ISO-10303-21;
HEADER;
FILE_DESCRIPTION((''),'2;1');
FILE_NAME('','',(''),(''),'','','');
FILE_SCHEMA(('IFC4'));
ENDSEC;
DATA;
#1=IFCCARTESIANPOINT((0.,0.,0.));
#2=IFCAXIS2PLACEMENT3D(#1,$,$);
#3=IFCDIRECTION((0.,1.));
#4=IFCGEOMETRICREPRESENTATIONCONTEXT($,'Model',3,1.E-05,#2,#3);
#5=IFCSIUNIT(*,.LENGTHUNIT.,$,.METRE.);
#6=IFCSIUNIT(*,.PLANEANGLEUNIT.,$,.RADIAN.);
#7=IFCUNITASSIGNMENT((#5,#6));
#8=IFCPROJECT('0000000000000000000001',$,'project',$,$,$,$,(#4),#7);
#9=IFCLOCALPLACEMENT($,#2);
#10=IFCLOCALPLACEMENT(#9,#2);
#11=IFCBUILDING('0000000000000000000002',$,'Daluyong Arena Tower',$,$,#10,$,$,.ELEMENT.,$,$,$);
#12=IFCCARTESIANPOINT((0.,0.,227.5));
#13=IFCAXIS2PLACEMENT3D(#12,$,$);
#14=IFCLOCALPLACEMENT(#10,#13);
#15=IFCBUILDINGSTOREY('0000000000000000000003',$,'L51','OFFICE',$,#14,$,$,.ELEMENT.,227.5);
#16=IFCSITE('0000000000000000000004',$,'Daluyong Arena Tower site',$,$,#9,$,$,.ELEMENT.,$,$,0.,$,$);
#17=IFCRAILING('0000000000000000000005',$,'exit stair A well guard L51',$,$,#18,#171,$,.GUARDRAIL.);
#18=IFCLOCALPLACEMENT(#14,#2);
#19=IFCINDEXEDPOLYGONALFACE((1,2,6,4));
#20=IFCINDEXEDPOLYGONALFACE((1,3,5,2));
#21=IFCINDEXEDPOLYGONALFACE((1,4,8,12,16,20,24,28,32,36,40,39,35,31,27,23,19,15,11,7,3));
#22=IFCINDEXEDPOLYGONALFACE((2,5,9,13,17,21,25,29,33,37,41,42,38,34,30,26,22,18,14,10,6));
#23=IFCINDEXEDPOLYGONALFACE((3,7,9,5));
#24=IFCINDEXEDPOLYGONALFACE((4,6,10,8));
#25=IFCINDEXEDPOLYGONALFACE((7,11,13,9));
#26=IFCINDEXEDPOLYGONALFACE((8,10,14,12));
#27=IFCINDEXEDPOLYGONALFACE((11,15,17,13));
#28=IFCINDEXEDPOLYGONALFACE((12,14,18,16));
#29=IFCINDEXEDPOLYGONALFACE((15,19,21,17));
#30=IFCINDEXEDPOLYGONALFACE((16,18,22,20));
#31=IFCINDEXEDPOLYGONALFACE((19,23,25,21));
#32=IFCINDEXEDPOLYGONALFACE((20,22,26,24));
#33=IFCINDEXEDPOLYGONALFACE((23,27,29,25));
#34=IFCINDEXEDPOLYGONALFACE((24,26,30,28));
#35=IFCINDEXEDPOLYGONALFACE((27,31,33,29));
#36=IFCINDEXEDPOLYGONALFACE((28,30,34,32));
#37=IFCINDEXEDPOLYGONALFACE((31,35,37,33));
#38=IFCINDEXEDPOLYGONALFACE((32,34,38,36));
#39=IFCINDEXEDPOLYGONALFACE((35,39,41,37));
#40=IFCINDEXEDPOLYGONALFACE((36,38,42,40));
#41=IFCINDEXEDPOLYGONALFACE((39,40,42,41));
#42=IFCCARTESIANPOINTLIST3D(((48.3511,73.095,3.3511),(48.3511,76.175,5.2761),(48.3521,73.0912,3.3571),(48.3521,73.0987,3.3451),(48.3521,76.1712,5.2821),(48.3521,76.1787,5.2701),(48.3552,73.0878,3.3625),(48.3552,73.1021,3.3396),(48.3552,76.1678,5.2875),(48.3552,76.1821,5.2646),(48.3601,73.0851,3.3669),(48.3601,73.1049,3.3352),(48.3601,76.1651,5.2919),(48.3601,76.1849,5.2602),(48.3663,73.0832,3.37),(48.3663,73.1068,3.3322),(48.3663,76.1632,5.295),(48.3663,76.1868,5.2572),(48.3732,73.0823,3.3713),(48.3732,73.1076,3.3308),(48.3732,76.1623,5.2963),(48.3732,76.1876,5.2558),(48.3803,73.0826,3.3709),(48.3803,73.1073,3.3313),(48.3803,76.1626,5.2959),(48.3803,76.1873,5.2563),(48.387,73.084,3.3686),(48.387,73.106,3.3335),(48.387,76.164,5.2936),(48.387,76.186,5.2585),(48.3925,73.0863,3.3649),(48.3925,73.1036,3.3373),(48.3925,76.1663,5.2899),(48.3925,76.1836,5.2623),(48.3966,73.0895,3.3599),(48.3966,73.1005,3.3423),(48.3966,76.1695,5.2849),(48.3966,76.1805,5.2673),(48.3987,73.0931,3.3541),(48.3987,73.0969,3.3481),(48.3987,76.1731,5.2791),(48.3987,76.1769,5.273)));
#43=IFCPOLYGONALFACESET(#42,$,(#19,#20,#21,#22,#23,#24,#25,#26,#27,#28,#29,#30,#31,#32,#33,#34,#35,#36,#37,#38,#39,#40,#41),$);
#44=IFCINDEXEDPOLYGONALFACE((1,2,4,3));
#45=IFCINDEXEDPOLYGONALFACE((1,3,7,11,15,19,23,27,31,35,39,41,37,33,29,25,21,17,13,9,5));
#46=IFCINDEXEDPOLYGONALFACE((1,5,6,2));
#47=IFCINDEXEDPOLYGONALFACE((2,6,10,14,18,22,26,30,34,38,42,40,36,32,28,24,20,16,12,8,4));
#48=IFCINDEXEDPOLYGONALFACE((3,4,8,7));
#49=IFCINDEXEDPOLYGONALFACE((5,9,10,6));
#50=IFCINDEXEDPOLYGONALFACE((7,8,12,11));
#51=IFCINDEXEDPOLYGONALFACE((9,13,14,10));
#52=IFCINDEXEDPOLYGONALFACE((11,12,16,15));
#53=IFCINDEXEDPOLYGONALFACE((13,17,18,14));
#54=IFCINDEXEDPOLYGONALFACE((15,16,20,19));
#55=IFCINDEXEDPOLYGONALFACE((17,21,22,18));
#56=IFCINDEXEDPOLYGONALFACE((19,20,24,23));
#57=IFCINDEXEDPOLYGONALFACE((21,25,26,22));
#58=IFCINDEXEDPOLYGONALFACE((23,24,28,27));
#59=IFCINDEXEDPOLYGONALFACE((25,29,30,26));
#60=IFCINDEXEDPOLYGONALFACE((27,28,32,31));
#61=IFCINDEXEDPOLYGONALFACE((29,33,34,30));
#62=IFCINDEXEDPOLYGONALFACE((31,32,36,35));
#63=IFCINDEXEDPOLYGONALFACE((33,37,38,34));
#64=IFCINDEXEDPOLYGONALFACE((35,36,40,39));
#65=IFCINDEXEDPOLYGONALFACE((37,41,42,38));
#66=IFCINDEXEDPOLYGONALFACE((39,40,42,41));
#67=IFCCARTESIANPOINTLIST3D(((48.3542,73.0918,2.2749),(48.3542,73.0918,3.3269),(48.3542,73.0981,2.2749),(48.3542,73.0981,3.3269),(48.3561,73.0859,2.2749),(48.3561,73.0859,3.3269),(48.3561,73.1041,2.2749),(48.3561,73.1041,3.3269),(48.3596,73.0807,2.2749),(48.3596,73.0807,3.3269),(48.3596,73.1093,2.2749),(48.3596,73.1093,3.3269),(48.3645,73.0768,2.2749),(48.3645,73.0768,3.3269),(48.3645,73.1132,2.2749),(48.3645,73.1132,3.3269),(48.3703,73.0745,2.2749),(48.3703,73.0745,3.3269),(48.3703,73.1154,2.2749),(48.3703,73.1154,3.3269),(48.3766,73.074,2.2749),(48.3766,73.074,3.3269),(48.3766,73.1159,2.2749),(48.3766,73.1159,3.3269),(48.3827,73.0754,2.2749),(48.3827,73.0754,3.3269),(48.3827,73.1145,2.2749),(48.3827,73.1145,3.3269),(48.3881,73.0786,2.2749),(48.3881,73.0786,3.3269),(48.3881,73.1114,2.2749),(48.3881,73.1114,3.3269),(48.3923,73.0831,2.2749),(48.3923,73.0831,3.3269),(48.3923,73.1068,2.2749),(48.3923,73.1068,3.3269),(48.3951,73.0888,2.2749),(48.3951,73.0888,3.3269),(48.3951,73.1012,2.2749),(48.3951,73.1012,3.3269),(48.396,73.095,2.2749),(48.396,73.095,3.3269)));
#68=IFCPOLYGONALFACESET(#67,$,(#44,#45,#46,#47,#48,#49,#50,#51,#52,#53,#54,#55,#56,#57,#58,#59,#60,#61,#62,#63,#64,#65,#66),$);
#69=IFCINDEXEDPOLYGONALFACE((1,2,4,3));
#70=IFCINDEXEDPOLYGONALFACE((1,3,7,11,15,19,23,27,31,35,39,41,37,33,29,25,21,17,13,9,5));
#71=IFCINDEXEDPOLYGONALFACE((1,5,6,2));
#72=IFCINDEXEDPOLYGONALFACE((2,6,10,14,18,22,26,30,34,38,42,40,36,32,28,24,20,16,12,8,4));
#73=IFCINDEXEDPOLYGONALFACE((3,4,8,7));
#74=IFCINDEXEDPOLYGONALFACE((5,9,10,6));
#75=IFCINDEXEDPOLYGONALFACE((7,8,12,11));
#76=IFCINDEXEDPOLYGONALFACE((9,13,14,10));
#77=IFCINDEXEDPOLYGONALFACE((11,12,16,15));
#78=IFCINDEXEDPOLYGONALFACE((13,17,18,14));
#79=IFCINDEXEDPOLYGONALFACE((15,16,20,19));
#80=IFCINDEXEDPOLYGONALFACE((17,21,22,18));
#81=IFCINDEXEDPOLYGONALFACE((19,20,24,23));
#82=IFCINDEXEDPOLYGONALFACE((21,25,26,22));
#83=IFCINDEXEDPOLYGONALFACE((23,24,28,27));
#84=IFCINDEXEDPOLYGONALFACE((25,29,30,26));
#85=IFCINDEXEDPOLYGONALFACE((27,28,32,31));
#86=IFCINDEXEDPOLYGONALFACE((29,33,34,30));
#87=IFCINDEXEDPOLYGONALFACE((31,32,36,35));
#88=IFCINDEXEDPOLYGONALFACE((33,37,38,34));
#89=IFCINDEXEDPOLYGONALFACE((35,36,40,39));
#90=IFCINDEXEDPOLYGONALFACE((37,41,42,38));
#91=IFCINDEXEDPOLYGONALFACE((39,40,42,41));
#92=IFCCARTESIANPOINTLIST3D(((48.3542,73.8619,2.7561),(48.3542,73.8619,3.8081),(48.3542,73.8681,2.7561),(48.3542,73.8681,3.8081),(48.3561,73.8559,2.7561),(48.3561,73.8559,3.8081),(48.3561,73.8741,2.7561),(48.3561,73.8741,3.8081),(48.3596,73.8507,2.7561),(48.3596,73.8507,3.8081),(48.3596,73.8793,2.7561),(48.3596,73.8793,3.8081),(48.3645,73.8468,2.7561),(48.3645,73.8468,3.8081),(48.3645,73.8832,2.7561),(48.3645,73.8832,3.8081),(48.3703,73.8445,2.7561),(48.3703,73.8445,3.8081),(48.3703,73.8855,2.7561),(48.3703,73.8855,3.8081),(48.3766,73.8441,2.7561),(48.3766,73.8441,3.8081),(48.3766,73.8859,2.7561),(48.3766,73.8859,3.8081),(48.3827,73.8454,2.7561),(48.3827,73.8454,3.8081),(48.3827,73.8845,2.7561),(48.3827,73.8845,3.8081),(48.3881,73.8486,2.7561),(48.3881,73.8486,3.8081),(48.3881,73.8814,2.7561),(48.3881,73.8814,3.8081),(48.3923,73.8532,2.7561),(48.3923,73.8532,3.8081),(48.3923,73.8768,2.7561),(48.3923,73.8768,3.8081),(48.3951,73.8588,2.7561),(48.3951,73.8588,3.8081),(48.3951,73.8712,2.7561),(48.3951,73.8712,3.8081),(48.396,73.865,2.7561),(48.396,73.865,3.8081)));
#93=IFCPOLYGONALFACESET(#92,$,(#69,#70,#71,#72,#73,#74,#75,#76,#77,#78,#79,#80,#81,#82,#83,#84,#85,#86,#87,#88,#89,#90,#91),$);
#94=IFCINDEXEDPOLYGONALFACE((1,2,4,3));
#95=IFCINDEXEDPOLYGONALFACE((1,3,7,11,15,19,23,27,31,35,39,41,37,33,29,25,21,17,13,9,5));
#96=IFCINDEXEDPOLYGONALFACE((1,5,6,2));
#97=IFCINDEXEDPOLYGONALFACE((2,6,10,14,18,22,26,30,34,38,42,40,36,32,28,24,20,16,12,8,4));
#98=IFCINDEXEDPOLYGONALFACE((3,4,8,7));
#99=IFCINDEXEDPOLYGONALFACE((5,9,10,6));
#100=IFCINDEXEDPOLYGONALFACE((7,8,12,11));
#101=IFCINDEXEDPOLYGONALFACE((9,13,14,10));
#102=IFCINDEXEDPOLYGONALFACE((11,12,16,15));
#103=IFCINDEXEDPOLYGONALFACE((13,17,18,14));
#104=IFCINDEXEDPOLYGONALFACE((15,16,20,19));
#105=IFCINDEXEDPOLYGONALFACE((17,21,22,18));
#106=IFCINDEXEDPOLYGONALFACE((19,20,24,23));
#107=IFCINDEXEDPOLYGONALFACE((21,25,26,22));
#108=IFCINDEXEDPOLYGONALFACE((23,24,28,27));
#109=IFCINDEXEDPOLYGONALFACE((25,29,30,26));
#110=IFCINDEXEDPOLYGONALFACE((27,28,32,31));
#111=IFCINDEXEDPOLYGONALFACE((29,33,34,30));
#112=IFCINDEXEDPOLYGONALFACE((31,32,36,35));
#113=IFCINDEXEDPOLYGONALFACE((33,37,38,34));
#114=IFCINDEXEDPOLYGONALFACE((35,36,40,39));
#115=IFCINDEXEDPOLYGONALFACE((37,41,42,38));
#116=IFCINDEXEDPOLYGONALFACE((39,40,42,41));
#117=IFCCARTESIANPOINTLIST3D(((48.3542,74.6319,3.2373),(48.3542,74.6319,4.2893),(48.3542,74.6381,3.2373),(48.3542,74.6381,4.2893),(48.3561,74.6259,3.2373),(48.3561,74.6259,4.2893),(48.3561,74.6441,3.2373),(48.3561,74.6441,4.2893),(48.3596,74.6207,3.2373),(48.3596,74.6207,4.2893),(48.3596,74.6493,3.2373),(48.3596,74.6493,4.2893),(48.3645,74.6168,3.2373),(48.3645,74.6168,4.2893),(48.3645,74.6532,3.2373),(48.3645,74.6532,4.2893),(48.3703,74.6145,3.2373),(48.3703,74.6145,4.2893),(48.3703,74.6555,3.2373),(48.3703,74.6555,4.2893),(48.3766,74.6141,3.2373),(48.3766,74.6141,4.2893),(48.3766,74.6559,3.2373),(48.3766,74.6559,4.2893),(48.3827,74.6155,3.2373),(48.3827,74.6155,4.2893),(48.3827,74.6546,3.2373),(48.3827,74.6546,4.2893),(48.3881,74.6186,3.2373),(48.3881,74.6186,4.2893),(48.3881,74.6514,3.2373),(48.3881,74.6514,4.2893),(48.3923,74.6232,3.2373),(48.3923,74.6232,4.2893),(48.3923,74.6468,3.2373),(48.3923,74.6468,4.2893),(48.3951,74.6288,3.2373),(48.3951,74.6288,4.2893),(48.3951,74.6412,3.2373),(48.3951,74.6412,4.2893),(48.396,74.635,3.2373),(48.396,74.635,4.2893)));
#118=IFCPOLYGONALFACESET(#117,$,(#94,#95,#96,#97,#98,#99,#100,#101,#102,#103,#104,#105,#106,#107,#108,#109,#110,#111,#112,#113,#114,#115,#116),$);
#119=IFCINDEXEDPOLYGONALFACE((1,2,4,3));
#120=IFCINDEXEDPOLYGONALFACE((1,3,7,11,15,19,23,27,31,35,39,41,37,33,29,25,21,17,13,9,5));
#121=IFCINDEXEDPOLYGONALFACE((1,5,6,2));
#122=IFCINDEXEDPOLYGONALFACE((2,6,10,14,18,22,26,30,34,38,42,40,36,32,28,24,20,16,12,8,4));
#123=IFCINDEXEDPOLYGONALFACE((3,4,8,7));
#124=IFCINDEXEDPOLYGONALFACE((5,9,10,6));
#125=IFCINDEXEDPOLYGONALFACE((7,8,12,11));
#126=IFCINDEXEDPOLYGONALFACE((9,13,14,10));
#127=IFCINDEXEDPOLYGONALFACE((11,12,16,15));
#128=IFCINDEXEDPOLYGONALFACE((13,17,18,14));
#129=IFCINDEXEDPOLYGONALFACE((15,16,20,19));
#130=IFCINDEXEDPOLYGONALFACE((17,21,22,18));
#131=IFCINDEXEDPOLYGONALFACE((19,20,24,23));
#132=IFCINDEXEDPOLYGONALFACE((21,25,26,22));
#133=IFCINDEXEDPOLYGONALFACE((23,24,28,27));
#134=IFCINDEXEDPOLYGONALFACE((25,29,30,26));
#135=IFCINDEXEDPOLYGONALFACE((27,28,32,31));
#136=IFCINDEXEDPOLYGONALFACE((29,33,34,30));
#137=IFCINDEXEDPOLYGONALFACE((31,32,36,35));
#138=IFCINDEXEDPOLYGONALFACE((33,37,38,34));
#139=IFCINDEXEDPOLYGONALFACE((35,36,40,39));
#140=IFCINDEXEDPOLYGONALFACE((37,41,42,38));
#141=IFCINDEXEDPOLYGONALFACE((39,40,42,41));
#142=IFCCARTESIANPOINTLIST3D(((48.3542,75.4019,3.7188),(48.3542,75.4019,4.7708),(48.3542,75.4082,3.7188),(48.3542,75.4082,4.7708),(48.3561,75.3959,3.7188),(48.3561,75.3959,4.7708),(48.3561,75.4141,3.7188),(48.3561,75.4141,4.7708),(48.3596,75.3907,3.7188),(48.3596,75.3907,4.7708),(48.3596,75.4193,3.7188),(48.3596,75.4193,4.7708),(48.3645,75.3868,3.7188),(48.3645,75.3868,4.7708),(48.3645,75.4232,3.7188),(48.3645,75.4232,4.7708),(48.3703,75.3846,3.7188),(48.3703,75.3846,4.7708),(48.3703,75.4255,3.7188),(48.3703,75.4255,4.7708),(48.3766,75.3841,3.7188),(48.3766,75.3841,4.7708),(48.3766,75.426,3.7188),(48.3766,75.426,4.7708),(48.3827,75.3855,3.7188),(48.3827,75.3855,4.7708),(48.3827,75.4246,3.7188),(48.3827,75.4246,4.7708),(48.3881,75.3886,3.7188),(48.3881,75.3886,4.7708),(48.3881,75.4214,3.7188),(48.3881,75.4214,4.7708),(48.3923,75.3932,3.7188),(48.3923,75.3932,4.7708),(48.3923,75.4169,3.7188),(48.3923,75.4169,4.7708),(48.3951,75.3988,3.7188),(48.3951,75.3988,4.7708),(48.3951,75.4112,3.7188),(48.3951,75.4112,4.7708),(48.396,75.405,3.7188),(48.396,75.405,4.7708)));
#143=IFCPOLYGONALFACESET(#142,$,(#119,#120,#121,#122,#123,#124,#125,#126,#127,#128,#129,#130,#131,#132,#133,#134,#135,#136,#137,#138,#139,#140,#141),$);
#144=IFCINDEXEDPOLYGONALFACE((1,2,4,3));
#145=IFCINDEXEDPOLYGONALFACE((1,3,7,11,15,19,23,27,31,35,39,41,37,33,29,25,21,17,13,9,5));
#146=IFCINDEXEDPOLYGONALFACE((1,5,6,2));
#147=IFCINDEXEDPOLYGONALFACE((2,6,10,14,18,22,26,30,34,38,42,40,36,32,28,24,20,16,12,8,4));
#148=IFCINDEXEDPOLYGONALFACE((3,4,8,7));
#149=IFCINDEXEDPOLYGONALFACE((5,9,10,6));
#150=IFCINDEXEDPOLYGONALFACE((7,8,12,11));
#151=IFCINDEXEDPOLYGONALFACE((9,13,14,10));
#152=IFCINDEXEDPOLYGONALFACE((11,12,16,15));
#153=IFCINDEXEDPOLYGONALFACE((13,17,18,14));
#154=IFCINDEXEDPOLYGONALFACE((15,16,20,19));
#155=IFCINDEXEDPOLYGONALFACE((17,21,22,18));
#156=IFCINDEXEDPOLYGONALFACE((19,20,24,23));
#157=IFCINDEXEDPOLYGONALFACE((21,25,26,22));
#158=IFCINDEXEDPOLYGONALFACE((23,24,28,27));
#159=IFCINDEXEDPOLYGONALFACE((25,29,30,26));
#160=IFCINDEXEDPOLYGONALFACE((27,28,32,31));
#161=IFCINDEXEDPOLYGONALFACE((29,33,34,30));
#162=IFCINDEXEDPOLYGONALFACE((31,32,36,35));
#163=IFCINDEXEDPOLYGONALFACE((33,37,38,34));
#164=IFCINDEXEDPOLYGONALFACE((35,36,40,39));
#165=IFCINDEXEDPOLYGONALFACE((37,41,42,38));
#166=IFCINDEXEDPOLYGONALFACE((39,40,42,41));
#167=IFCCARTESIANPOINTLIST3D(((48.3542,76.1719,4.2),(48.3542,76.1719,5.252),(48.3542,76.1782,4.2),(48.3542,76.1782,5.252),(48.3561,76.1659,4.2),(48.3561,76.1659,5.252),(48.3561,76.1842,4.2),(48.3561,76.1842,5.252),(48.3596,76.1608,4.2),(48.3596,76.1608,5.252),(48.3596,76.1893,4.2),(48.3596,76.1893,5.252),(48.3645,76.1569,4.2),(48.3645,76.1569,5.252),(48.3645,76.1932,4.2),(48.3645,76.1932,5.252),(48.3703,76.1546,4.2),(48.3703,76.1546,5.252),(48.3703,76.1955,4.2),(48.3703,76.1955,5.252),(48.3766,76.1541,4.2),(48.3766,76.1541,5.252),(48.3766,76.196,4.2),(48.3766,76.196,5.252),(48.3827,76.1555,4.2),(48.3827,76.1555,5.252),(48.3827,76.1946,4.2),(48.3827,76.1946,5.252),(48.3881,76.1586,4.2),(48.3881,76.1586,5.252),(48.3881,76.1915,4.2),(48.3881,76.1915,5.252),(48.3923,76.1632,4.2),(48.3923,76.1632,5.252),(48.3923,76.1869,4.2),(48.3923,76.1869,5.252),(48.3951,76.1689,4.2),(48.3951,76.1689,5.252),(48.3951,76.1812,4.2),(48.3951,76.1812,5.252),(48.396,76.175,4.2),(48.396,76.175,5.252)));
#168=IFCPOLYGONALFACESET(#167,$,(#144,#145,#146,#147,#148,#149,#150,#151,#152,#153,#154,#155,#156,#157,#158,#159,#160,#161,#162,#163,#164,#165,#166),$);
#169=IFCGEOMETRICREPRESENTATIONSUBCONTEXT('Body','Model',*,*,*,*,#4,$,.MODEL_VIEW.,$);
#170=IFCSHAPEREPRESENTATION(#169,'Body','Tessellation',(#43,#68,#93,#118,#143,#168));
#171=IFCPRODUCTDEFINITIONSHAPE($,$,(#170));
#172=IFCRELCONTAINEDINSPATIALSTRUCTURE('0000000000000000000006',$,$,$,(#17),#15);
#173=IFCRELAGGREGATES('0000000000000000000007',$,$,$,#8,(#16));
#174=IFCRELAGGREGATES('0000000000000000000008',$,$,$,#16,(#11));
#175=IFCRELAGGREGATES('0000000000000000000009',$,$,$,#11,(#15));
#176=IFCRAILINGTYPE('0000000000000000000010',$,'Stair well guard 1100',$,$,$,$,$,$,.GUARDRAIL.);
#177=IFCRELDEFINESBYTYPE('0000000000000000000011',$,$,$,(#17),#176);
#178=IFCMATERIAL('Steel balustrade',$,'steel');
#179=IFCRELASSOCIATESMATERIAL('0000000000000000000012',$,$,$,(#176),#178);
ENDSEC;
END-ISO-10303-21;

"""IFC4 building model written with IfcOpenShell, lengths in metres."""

from ifc_helpers import new_model, si_unit, direction, frame, origin, origin_2d, place, context, subcontext, project, spatial, circle, extrude, material, type_object, element, save


model = new_model("IFC4")

# Units and contexts
model_context = context("Model", 3, precision=1e-05, world=origin(), true_north=direction((0.0, 1.0)))
body_context = subcontext(model_context, "Body", "Model", "MODEL_VIEW")
ifc_project = project(units=[si_unit("LENGTHUNIT", "METRE"), si_unit("PLANEANGLEUNIT", "RADIAN")], contexts=[model_context])

# Site, building, storey
site_placement = place(None, origin())
site = spatial("IfcSite", under=ifc_project, at=site_placement, Name="Daluyong Arena Tower site", CompositionType="ELEMENT", RefElevation=0.0)
building_placement = place(site_placement, origin())
building = spatial("IfcBuilding", under=site, at=building_placement, Name="Daluyong Arena Tower", CompositionType="ELEMENT")
storey_placement = place(building_placement, frame((0.0, 0.0, 227.5)))
storey = spatial("IfcBuildingStorey", under=building, at=storey_placement, Name="L51", Description="OFFICE", CompositionType="ELEMENT", Elevation=227.5)

# Railing
ifc_material_1 = material(Name="Steel balustrade", Category="steel")
railing_type_1 = type_object("IfcRailingType", Name="Stair well guard 1100", PredefinedType="GUARDRAIL", material=ifc_material_1)
railing_1_placement = place(storey_placement, frame((48.375, 73.095, 2.2749)))
element("IfcRailing", 1, at=railing_1_placement, inside=storey, type_object=railing_type_1, Name="exit stair A well guard L51", PredefinedType="GUARDRAIL", context=body_context, shape_type="SweptSolid", body=[
    extrude(circle(Radius=0.0239, at=origin_2d()), frame((0.0, 0.0, 1.0762), z_axis=(0.0, 0.847998, 0.529999), x_axis=(-1.0, 0.0, 0.0)), (0.0, 0.0, 1.0), 3.6321),
    extrude(circle(Radius=0.021, at=origin_2d()), origin(), (0.0, 0.0, 1.0), 1.052),
    extrude(circle(Radius=0.021, at=origin_2d()), frame((0.0, 0.77, 0.4812)), (0.0, 0.0, 1.0), 1.052),
    extrude(circle(Radius=0.021, at=origin_2d()), frame((0.0, 1.54, 0.9624)), (0.0, 0.0, 1.0), 1.052),
    extrude(circle(Radius=0.021, at=origin_2d()), frame((0.0, 2.3101, 1.4438)), (0.0, 0.0, 1.0), 1.052),
    extrude(circle(Radius=0.021, at=origin_2d()), frame((0.0, 3.0801, 1.925)), (0.0, 0.0, 1.0), 1.052),
])

save(model, "model.ifc")
